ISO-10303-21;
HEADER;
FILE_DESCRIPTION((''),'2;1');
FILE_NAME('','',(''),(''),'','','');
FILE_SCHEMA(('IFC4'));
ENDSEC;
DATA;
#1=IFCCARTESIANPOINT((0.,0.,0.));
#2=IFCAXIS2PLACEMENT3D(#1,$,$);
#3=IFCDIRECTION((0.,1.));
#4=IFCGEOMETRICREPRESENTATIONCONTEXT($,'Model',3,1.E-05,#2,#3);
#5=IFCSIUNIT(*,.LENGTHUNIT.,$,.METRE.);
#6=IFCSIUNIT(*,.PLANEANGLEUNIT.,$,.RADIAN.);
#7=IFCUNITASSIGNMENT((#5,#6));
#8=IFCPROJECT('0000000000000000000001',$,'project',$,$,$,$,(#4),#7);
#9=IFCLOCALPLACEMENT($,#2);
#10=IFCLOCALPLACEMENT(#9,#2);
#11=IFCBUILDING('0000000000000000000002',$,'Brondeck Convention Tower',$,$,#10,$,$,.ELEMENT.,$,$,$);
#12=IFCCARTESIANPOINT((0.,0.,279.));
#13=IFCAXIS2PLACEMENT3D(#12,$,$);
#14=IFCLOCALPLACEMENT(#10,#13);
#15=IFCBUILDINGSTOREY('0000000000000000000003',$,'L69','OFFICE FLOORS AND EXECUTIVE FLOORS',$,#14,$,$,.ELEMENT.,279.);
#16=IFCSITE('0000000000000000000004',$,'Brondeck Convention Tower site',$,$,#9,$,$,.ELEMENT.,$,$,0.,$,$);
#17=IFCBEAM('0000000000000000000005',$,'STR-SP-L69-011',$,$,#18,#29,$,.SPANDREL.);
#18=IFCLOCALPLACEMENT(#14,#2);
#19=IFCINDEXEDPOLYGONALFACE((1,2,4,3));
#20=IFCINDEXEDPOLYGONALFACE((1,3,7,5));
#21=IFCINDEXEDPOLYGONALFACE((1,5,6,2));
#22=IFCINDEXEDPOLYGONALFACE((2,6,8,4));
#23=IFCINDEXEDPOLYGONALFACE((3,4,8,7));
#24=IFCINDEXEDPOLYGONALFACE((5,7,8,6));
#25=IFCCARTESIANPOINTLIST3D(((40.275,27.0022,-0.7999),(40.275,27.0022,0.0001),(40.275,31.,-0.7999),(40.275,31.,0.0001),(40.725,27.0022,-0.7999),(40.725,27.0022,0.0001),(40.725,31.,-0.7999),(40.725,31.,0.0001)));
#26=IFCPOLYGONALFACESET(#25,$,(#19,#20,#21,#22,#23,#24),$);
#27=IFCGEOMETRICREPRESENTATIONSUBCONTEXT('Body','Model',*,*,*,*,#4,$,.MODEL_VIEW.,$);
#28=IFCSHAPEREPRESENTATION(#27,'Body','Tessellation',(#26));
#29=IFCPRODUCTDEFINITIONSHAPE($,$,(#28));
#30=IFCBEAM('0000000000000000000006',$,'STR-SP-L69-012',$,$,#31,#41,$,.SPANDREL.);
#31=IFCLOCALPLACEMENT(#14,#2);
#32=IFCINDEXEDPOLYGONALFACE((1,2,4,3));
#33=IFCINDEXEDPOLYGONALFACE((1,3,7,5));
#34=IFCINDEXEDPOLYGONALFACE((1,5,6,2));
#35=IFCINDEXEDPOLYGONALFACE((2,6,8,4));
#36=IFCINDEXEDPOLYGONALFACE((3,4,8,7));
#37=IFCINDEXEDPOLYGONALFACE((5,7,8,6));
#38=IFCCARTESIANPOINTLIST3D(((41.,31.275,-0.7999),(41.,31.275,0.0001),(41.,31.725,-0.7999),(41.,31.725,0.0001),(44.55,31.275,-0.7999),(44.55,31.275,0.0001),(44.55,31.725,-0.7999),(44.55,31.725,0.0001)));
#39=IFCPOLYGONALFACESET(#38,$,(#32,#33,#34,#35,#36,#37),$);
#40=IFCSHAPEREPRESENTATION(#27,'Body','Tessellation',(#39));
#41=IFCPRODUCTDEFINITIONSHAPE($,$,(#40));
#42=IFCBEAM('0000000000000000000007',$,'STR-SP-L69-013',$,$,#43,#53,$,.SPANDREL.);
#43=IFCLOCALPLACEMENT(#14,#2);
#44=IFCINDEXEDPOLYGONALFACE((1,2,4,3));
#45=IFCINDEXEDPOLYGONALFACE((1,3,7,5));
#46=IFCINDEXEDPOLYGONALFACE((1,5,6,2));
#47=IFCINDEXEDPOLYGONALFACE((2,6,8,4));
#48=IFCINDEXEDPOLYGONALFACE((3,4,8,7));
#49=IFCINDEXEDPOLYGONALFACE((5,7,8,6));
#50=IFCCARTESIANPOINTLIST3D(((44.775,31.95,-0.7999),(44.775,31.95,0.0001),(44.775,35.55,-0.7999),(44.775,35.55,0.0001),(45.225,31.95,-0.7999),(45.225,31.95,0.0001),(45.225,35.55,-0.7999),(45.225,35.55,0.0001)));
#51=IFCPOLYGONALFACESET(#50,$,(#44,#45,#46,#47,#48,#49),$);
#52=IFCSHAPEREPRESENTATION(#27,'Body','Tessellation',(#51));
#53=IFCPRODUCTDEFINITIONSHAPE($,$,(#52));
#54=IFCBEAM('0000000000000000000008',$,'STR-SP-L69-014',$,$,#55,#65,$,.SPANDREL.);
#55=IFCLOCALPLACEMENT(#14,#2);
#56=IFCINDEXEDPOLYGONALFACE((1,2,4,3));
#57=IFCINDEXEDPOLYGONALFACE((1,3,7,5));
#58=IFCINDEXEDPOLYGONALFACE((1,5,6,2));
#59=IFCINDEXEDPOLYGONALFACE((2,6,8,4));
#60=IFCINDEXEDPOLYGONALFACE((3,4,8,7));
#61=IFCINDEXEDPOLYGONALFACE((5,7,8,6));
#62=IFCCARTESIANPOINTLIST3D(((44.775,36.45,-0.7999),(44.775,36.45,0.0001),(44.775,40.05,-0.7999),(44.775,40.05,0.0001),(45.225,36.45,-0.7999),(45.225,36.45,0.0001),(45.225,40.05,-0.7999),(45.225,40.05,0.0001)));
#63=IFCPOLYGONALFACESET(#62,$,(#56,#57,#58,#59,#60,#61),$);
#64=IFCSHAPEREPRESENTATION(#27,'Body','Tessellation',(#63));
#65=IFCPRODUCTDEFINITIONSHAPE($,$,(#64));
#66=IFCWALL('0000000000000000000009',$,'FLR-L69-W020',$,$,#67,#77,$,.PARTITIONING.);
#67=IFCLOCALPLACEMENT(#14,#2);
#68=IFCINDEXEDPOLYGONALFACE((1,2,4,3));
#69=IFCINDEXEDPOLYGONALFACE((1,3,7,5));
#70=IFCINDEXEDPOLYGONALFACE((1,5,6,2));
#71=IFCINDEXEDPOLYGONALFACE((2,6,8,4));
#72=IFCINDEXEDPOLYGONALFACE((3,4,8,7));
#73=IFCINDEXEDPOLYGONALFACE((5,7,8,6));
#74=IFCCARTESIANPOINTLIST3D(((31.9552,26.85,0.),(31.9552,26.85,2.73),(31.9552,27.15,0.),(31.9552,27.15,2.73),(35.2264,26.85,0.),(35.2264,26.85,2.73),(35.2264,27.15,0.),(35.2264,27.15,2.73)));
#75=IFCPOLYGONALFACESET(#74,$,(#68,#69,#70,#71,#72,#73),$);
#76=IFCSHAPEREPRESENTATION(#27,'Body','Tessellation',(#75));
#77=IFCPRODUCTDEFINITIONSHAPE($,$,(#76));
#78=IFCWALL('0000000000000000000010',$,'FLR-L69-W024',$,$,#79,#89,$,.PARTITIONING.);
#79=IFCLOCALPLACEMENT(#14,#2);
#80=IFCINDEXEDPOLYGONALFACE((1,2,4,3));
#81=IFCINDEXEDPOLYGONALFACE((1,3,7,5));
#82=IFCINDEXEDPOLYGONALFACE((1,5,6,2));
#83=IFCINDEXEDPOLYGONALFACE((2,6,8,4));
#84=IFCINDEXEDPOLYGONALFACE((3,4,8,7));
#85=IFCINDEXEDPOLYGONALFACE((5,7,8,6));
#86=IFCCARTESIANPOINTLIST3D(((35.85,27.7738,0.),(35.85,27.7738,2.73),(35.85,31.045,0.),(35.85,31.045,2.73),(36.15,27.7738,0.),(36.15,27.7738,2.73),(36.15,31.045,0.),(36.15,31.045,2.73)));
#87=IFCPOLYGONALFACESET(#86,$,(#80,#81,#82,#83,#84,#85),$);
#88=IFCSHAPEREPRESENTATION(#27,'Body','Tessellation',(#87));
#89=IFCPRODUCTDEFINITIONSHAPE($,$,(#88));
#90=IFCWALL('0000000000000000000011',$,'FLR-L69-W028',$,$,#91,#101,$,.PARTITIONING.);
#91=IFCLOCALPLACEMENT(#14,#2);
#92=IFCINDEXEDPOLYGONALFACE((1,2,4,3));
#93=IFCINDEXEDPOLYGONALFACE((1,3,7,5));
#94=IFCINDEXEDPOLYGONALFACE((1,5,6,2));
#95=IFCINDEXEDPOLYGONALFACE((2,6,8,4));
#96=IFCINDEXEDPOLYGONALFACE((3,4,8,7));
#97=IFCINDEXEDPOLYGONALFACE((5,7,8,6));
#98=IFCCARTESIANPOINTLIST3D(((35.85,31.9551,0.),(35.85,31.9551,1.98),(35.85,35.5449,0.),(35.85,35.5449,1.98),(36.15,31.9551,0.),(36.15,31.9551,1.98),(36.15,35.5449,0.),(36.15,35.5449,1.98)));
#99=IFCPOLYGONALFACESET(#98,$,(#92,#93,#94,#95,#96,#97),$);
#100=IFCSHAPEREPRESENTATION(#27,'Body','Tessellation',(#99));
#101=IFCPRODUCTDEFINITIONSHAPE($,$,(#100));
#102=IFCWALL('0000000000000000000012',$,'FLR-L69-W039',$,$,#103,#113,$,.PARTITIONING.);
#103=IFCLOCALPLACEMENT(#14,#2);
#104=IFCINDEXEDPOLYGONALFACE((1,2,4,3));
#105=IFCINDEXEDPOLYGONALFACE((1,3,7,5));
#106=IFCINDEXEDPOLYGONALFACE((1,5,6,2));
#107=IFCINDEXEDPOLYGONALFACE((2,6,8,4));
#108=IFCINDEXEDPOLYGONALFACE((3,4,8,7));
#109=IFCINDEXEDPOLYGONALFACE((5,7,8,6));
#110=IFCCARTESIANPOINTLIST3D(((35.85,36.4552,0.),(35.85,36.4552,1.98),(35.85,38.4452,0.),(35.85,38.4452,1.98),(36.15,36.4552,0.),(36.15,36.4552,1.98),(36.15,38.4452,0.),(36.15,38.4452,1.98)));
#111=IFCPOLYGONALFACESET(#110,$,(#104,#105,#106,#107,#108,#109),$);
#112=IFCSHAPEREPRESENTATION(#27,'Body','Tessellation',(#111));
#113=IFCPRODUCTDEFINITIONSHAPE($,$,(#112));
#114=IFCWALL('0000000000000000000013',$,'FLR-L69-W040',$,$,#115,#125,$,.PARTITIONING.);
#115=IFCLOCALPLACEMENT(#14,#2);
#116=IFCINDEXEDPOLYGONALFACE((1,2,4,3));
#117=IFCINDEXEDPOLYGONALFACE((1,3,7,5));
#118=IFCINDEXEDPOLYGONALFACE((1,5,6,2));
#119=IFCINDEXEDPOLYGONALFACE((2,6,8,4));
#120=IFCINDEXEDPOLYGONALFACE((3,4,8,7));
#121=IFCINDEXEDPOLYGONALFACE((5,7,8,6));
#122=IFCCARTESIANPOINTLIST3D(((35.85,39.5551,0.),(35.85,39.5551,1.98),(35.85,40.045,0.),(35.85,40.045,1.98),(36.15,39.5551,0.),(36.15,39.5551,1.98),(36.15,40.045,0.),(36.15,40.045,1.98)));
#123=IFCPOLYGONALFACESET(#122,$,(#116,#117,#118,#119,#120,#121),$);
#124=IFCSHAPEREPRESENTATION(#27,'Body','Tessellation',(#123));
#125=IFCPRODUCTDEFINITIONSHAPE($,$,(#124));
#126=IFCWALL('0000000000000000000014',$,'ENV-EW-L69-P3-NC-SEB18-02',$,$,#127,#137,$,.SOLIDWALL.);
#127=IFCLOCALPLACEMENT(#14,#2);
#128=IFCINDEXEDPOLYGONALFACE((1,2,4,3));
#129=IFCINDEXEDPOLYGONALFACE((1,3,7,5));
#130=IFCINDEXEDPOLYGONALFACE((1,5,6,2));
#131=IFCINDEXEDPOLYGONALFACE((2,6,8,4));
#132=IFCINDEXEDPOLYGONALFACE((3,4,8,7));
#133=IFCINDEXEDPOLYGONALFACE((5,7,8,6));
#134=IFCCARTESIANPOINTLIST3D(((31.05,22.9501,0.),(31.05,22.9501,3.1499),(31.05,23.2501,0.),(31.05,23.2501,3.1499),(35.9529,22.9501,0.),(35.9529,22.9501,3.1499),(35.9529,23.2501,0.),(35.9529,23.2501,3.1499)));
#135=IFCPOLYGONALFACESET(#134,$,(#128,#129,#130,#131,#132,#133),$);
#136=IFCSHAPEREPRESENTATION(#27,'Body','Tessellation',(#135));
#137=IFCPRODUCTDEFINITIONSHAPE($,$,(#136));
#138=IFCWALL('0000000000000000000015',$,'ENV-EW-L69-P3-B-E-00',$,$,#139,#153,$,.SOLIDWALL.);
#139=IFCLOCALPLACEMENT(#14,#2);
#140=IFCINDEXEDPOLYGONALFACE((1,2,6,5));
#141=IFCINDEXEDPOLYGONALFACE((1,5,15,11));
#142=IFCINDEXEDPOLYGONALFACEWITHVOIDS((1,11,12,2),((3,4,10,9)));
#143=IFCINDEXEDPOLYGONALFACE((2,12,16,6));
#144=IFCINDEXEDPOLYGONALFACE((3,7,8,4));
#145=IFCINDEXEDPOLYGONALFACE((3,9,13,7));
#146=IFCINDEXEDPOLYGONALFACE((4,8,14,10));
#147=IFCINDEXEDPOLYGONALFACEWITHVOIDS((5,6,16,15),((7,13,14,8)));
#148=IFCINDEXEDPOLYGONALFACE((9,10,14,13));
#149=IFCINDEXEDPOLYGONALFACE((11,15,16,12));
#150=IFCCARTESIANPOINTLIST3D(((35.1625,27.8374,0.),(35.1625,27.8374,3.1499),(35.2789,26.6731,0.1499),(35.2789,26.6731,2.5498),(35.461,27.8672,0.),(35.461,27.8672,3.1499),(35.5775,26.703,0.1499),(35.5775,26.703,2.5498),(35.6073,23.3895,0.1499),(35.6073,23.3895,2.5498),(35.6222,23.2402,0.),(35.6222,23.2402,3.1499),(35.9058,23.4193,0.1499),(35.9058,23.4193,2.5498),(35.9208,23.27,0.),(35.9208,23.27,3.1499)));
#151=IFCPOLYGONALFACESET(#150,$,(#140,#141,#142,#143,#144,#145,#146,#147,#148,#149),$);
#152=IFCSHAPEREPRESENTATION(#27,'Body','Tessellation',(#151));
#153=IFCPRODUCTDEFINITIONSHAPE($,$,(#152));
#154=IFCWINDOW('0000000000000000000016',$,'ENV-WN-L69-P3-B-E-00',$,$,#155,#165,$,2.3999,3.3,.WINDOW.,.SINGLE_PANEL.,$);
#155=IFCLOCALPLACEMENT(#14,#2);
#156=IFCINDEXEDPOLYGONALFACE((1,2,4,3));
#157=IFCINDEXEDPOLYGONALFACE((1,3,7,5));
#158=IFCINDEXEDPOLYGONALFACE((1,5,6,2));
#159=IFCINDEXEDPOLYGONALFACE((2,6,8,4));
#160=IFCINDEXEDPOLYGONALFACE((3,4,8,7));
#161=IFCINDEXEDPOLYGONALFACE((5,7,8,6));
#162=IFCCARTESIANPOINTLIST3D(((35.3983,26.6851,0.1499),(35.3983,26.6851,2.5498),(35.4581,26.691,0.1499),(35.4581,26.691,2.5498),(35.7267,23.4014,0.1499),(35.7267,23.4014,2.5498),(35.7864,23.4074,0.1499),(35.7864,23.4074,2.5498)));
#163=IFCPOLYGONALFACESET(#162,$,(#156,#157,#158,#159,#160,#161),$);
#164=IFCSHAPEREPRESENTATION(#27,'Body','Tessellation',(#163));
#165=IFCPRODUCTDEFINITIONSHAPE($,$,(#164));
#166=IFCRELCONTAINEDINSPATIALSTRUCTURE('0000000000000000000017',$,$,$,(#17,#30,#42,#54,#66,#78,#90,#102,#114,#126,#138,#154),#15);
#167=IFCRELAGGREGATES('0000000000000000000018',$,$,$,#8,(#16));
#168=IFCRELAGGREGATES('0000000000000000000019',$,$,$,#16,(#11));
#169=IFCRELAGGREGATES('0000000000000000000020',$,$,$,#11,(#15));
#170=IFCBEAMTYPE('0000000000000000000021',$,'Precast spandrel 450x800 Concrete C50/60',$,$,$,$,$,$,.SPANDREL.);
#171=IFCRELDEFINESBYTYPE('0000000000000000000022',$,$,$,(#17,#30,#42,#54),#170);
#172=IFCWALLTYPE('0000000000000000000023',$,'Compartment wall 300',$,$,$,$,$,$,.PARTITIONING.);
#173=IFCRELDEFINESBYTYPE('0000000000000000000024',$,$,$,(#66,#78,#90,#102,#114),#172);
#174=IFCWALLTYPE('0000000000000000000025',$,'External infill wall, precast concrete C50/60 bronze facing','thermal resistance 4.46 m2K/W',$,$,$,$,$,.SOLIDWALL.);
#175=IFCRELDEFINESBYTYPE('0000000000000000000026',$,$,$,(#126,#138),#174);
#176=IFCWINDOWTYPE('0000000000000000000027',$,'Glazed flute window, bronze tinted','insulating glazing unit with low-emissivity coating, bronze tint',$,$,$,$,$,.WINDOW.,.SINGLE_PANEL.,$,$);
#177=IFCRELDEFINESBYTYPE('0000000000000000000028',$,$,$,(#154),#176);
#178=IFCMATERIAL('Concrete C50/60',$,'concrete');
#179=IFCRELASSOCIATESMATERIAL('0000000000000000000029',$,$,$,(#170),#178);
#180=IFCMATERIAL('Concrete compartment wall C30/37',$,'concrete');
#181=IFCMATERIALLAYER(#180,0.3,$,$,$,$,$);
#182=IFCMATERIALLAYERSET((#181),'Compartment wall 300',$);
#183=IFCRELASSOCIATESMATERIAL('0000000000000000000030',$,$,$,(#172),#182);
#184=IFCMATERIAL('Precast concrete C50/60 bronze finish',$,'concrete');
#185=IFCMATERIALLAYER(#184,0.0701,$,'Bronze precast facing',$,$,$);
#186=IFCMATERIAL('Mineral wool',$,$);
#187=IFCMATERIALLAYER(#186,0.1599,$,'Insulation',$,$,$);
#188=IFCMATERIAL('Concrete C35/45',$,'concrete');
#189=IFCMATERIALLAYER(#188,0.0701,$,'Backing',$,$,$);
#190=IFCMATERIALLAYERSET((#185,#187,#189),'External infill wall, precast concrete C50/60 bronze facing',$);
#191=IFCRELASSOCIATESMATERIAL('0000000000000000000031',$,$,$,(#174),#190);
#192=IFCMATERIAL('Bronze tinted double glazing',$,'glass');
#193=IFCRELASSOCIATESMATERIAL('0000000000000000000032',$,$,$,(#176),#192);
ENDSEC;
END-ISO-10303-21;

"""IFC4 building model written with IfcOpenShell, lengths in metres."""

from ifc_helpers import new_model, si_unit, direction, frame, frame_2d, origin, origin_2d, place, context, subcontext, project, spatial, rectangle, extrude, material, layer, layer_set, material_profile, profile_set, type_object, element, fill, save


model = new_model("IFC4")

# Units and contexts
model_context = context("Model", 3, precision=1e-05, world=origin(), true_north=direction((0.0, 1.0)))
body_context = subcontext(model_context, "Body", "Model", "MODEL_VIEW")
ifc_project = project(units=[si_unit("LENGTHUNIT", "METRE"), si_unit("PLANEANGLEUNIT", "RADIAN")], contexts=[model_context])

# Site, building, storey
site_placement = place(None, origin())
site = spatial("IfcSite", under=ifc_project, at=site_placement, Name="Brondeck Convention Tower site", CompositionType="ELEMENT", RefElevation=0.0)
building_placement = place(site_placement, origin())
building = spatial("IfcBuilding", under=site, at=building_placement, Name="Brondeck Convention Tower", CompositionType="ELEMENT")
storey_placement = place(building_placement, frame((0.0, 0.0, 279.0)))
storey = spatial("IfcBuildingStorey", under=building, at=storey_placement, Name="L69", Description="OFFICE FLOORS AND EXECUTIVE FLOORS", CompositionType="ELEMENT", Elevation=279.0)

# Shared definitions
ifc_material_1 = material(Name="Concrete C50/60", Category="concrete")

# Beams
ifc_material_profile_1 = material_profile(ifc_material_1, rectangle(XDim=0.45, YDim=0.8, at=origin_2d()), Name="Precast spandrel 450x800 Concrete C50/60")
ifc_profile_set_1 = profile_set([ifc_material_profile_1], Name="Concrete C50/60")
beam_type_1 = type_object("IfcBeamType", Name="Precast spandrel 450x800 Concrete C50/60", PredefinedType="SPANDREL", material=ifc_profile_set_1)
beam_1_placement = place(storey_placement, frame((40.5, 27.0022, -0.3999), z_axis=(0.0, 1.0, 0.0), x_axis=(-1.0, 0.0, 0.0)))
element("IfcBeam", 1, at=beam_1_placement, inside=storey, type_object=beam_type_1, Name="STR-SP-L69-011", PredefinedType="SPANDREL", context=body_context, shape_type="SweptSolid", body=[
    extrude(rectangle(XDim=0.45, YDim=0.8, at=origin_2d()), origin(), (0.0, 0.0, 1.0), 3.9978),
])
beam_2_placement = place(storey_placement, frame((41.0, 31.5, -0.3999), z_axis=(1.0, 0.0, 0.0), x_axis=(0.0, 1.0, 0.0)))
element("IfcBeam", 2, at=beam_2_placement, inside=storey, type_object=beam_type_1, Name="STR-SP-L69-012", PredefinedType="SPANDREL", context=body_context, shape_type="SweptSolid", body=[
    extrude(rectangle(XDim=0.45, YDim=0.8, at=origin_2d()), origin(), (0.0, 0.0, 1.0), 3.55),
])
for number, where, z_axis, x_axis, name in (
    (3, (45.0, 31.95, -0.3999), (0.0, 1.0, 0.0), (-1.0, 0.0, 0.0), "STR-SP-L69-013"),
    (4, (45.0, 36.45, -0.3999), (0.0, 1.0, 0.0), (-1.0, 0.0, 0.0), "STR-SP-L69-014"),
):
    element("IfcBeam", number, at=place(storey_placement, frame(where, z_axis=z_axis, x_axis=x_axis)), inside=storey, type_object=beam_type_1, Name=name, PredefinedType="SPANDREL", context=body_context, shape_type="SweptSolid", body=[
        extrude(rectangle(XDim=0.45, YDim=0.8, at=origin_2d()), origin(), (0.0, 0.0, 1.0), 3.6001),
    ])

# Walls
ifc_material_2 = material(Name="Concrete compartment wall C30/37", Category="concrete")
ifc_layer_1 = layer(ifc_material_2, 0.3)
ifc_layer_set_1 = layer_set([ifc_layer_1], Name="Compartment wall 300")
wall_type_1 = type_object("IfcWallType", Name="Compartment wall 300", PredefinedType="PARTITIONING", material=ifc_layer_set_1)
for number, where, z_axis, x_axis, name in (
    (5, (31.9551, 27.0, 0.0), (0.0, 0.0, 1.0), (1.0, 0.0, 0.0), "FLR-L69-W020"),
    (6, (36.0, 27.7737, 0.0), (0.0, 0.0, 1.0), (0.0, 1.0, 0.0), "FLR-L69-W024"),
):
    element("IfcWall", number, at=place(storey_placement, frame(where, z_axis=z_axis, x_axis=x_axis)), inside=storey, type_object=wall_type_1, Name=name, PredefinedType="PARTITIONING", context=body_context, shape_type="SweptSolid", body=[
        extrude(rectangle(XDim=3.2712, YDim=0.3, at=frame_2d((1.6357, 0.0))), origin(), (0.0, 0.0, 1.0), 2.73),
    ])
wall_1_placement = place(storey_placement, frame((36.0, 31.9551, 0.0), z_axis=(0.0, 0.0, 1.0), x_axis=(0.0, 1.0, 0.0)))
element("IfcWall", 7, at=wall_1_placement, inside=storey, type_object=wall_type_1, Name="FLR-L69-W028", PredefinedType="PARTITIONING", context=body_context, shape_type="SweptSolid", body=[
    extrude(rectangle(XDim=3.5898, YDim=0.3, at=frame_2d((1.7949, 0.0))), origin(), (0.0, 0.0, 1.0), 1.98),
])
wall_2_placement = place(storey_placement, frame((36.0, 36.4551, 0.0), z_axis=(0.0, 0.0, 1.0), x_axis=(0.0, 1.0, 0.0)))
element("IfcWall", 8, at=wall_2_placement, inside=storey, type_object=wall_type_1, Name="FLR-L69-W039", PredefinedType="PARTITIONING", context=body_context, shape_type="SweptSolid", body=[
    extrude(rectangle(XDim=1.99, YDim=0.3, at=frame_2d((0.9951, 0.0))), origin(), (0.0, 0.0, 1.0), 1.98),
])
wall_3_placement = place(storey_placement, frame((36.0, 39.5549, 0.0), z_axis=(0.0, 0.0, 1.0), x_axis=(0.0, 1.0, 0.0)))
element("IfcWall", 9, at=wall_3_placement, inside=storey, type_object=wall_type_1, Name="FLR-L69-W040", PredefinedType="PARTITIONING", context=body_context, shape_type="SweptSolid", body=[
    extrude(rectangle(XDim=0.49, YDim=0.3, at=frame_2d((0.2451, 0.0))), origin(), (0.0, 0.0, 1.0), 1.98),
])
ifc_material_3 = material(Name="Precast concrete C50/60 bronze finish", Category="concrete")
ifc_layer_2 = layer(ifc_material_3, 0.0701, Name="Bronze precast facing")
ifc_material_4 = material(Name="Mineral wool")
ifc_layer_3 = layer(ifc_material_4, 0.1599, Name="Insulation")
ifc_material_5 = material(Name="Concrete C35/45", Category="concrete")
ifc_layer_4 = layer(ifc_material_5, 0.0701, Name="Backing")
ifc_layer_set_2 = layer_set([ifc_layer_2, ifc_layer_3, ifc_layer_4], Name="External infill wall, precast concrete C50/60 bronze facing")
wall_type_2 = type_object("IfcWallType", Name="External infill wall, precast concrete C50/60 bronze facing", Description="thermal resistance 4.46 m2K/W", PredefinedType="SOLIDWALL", material=ifc_layer_set_2)
wall_4_placement = place(storey_placement, frame((35.9529, 23.1001, 0.0), z_axis=(0.0, 0.0, 1.0), x_axis=(-1.0, 0.0, 0.0)))
element("IfcWall", 10, at=wall_4_placement, inside=storey, type_object=wall_type_2, Name="ENV-EW-L69-P3-NC-SEB18-02", PredefinedType="SOLIDWALL", context=body_context, shape_type="SweptSolid", body=[
    extrude(rectangle(XDim=4.9028, YDim=0.3, at=frame_2d((2.4514, 0.0))), origin(), (0.0, 0.0, 1.0), 3.1499),
])

# Wall, opening, window
wall_5_placement = place(storey_placement, frame((35.3118, 27.8523, 0.0), z_axis=(0.0, 0.0, 1.0), x_axis=(0.099504, -0.995037, 0.0)))
wall_5 = element("IfcWall", 11, at=wall_5_placement, inside=storey, type_object=wall_type_2, Name="ENV-EW-L69-P3-B-E-00", PredefinedType="SOLIDWALL", context=body_context, shape_type="SweptSolid", body=[
    extrude(rectangle(XDim=4.6201, YDim=0.3, at=frame_2d((2.3101, 0.0))), origin(), (0.0, 0.0, 1.0), 3.1499),
])
opening_1_placement = place(wall_5_placement, frame((1.1702, 0.0, 0.1499)))
opening_1 = element("IfcOpeningElement", 12, at=opening_1_placement, cuts=wall_5, PredefinedType="OPENING", context=body_context, shape_type="SweptSolid", body=[
    extrude(rectangle(XDim=3.3, YDim=2.3999, at=frame_2d((1.6499, 1.2))), frame((0.0, 0.1599, 0.0), z_axis=(0.0, -1.0, 0.0), x_axis=(1.0, 0.0, 0.0)), (0.0, 0.0, 1.0), 0.3201),
])
ifc_material_6 = material(Name="Bronze tinted double glazing", Category="glass")
window_type = type_object("IfcWindowType", Name="Glazed flute window, bronze tinted", Description="insulating glazing unit with low-emissivity coating, bronze tint", PartitioningType="SINGLE_PANEL", PredefinedType="WINDOW", material=ifc_material_6)
window_1_placement = place(opening_1_placement, origin())
window_1 = element("IfcWindow", 13, at=window_1_placement, inside=storey, type_object=window_type, Name="ENV-WN-L69-P3-B-E-00", OverallHeight=2.3999, OverallWidth=3.3, PartitioningType="SINGLE_PANEL", PredefinedType="WINDOW", context=body_context, shape_type="SweptSolid", body=[
    extrude(rectangle(XDim=3.3, YDim=2.3999, at=frame_2d((1.6499, 1.2))), frame((0.0, 0.03, 0.0), z_axis=(0.0, -1.0, 0.0), x_axis=(1.0, 0.0, 0.0)), (0.0, 0.0, 1.0), 0.0601),
])
fill(opening_1, window_1)

save(model, "model.ifc")
